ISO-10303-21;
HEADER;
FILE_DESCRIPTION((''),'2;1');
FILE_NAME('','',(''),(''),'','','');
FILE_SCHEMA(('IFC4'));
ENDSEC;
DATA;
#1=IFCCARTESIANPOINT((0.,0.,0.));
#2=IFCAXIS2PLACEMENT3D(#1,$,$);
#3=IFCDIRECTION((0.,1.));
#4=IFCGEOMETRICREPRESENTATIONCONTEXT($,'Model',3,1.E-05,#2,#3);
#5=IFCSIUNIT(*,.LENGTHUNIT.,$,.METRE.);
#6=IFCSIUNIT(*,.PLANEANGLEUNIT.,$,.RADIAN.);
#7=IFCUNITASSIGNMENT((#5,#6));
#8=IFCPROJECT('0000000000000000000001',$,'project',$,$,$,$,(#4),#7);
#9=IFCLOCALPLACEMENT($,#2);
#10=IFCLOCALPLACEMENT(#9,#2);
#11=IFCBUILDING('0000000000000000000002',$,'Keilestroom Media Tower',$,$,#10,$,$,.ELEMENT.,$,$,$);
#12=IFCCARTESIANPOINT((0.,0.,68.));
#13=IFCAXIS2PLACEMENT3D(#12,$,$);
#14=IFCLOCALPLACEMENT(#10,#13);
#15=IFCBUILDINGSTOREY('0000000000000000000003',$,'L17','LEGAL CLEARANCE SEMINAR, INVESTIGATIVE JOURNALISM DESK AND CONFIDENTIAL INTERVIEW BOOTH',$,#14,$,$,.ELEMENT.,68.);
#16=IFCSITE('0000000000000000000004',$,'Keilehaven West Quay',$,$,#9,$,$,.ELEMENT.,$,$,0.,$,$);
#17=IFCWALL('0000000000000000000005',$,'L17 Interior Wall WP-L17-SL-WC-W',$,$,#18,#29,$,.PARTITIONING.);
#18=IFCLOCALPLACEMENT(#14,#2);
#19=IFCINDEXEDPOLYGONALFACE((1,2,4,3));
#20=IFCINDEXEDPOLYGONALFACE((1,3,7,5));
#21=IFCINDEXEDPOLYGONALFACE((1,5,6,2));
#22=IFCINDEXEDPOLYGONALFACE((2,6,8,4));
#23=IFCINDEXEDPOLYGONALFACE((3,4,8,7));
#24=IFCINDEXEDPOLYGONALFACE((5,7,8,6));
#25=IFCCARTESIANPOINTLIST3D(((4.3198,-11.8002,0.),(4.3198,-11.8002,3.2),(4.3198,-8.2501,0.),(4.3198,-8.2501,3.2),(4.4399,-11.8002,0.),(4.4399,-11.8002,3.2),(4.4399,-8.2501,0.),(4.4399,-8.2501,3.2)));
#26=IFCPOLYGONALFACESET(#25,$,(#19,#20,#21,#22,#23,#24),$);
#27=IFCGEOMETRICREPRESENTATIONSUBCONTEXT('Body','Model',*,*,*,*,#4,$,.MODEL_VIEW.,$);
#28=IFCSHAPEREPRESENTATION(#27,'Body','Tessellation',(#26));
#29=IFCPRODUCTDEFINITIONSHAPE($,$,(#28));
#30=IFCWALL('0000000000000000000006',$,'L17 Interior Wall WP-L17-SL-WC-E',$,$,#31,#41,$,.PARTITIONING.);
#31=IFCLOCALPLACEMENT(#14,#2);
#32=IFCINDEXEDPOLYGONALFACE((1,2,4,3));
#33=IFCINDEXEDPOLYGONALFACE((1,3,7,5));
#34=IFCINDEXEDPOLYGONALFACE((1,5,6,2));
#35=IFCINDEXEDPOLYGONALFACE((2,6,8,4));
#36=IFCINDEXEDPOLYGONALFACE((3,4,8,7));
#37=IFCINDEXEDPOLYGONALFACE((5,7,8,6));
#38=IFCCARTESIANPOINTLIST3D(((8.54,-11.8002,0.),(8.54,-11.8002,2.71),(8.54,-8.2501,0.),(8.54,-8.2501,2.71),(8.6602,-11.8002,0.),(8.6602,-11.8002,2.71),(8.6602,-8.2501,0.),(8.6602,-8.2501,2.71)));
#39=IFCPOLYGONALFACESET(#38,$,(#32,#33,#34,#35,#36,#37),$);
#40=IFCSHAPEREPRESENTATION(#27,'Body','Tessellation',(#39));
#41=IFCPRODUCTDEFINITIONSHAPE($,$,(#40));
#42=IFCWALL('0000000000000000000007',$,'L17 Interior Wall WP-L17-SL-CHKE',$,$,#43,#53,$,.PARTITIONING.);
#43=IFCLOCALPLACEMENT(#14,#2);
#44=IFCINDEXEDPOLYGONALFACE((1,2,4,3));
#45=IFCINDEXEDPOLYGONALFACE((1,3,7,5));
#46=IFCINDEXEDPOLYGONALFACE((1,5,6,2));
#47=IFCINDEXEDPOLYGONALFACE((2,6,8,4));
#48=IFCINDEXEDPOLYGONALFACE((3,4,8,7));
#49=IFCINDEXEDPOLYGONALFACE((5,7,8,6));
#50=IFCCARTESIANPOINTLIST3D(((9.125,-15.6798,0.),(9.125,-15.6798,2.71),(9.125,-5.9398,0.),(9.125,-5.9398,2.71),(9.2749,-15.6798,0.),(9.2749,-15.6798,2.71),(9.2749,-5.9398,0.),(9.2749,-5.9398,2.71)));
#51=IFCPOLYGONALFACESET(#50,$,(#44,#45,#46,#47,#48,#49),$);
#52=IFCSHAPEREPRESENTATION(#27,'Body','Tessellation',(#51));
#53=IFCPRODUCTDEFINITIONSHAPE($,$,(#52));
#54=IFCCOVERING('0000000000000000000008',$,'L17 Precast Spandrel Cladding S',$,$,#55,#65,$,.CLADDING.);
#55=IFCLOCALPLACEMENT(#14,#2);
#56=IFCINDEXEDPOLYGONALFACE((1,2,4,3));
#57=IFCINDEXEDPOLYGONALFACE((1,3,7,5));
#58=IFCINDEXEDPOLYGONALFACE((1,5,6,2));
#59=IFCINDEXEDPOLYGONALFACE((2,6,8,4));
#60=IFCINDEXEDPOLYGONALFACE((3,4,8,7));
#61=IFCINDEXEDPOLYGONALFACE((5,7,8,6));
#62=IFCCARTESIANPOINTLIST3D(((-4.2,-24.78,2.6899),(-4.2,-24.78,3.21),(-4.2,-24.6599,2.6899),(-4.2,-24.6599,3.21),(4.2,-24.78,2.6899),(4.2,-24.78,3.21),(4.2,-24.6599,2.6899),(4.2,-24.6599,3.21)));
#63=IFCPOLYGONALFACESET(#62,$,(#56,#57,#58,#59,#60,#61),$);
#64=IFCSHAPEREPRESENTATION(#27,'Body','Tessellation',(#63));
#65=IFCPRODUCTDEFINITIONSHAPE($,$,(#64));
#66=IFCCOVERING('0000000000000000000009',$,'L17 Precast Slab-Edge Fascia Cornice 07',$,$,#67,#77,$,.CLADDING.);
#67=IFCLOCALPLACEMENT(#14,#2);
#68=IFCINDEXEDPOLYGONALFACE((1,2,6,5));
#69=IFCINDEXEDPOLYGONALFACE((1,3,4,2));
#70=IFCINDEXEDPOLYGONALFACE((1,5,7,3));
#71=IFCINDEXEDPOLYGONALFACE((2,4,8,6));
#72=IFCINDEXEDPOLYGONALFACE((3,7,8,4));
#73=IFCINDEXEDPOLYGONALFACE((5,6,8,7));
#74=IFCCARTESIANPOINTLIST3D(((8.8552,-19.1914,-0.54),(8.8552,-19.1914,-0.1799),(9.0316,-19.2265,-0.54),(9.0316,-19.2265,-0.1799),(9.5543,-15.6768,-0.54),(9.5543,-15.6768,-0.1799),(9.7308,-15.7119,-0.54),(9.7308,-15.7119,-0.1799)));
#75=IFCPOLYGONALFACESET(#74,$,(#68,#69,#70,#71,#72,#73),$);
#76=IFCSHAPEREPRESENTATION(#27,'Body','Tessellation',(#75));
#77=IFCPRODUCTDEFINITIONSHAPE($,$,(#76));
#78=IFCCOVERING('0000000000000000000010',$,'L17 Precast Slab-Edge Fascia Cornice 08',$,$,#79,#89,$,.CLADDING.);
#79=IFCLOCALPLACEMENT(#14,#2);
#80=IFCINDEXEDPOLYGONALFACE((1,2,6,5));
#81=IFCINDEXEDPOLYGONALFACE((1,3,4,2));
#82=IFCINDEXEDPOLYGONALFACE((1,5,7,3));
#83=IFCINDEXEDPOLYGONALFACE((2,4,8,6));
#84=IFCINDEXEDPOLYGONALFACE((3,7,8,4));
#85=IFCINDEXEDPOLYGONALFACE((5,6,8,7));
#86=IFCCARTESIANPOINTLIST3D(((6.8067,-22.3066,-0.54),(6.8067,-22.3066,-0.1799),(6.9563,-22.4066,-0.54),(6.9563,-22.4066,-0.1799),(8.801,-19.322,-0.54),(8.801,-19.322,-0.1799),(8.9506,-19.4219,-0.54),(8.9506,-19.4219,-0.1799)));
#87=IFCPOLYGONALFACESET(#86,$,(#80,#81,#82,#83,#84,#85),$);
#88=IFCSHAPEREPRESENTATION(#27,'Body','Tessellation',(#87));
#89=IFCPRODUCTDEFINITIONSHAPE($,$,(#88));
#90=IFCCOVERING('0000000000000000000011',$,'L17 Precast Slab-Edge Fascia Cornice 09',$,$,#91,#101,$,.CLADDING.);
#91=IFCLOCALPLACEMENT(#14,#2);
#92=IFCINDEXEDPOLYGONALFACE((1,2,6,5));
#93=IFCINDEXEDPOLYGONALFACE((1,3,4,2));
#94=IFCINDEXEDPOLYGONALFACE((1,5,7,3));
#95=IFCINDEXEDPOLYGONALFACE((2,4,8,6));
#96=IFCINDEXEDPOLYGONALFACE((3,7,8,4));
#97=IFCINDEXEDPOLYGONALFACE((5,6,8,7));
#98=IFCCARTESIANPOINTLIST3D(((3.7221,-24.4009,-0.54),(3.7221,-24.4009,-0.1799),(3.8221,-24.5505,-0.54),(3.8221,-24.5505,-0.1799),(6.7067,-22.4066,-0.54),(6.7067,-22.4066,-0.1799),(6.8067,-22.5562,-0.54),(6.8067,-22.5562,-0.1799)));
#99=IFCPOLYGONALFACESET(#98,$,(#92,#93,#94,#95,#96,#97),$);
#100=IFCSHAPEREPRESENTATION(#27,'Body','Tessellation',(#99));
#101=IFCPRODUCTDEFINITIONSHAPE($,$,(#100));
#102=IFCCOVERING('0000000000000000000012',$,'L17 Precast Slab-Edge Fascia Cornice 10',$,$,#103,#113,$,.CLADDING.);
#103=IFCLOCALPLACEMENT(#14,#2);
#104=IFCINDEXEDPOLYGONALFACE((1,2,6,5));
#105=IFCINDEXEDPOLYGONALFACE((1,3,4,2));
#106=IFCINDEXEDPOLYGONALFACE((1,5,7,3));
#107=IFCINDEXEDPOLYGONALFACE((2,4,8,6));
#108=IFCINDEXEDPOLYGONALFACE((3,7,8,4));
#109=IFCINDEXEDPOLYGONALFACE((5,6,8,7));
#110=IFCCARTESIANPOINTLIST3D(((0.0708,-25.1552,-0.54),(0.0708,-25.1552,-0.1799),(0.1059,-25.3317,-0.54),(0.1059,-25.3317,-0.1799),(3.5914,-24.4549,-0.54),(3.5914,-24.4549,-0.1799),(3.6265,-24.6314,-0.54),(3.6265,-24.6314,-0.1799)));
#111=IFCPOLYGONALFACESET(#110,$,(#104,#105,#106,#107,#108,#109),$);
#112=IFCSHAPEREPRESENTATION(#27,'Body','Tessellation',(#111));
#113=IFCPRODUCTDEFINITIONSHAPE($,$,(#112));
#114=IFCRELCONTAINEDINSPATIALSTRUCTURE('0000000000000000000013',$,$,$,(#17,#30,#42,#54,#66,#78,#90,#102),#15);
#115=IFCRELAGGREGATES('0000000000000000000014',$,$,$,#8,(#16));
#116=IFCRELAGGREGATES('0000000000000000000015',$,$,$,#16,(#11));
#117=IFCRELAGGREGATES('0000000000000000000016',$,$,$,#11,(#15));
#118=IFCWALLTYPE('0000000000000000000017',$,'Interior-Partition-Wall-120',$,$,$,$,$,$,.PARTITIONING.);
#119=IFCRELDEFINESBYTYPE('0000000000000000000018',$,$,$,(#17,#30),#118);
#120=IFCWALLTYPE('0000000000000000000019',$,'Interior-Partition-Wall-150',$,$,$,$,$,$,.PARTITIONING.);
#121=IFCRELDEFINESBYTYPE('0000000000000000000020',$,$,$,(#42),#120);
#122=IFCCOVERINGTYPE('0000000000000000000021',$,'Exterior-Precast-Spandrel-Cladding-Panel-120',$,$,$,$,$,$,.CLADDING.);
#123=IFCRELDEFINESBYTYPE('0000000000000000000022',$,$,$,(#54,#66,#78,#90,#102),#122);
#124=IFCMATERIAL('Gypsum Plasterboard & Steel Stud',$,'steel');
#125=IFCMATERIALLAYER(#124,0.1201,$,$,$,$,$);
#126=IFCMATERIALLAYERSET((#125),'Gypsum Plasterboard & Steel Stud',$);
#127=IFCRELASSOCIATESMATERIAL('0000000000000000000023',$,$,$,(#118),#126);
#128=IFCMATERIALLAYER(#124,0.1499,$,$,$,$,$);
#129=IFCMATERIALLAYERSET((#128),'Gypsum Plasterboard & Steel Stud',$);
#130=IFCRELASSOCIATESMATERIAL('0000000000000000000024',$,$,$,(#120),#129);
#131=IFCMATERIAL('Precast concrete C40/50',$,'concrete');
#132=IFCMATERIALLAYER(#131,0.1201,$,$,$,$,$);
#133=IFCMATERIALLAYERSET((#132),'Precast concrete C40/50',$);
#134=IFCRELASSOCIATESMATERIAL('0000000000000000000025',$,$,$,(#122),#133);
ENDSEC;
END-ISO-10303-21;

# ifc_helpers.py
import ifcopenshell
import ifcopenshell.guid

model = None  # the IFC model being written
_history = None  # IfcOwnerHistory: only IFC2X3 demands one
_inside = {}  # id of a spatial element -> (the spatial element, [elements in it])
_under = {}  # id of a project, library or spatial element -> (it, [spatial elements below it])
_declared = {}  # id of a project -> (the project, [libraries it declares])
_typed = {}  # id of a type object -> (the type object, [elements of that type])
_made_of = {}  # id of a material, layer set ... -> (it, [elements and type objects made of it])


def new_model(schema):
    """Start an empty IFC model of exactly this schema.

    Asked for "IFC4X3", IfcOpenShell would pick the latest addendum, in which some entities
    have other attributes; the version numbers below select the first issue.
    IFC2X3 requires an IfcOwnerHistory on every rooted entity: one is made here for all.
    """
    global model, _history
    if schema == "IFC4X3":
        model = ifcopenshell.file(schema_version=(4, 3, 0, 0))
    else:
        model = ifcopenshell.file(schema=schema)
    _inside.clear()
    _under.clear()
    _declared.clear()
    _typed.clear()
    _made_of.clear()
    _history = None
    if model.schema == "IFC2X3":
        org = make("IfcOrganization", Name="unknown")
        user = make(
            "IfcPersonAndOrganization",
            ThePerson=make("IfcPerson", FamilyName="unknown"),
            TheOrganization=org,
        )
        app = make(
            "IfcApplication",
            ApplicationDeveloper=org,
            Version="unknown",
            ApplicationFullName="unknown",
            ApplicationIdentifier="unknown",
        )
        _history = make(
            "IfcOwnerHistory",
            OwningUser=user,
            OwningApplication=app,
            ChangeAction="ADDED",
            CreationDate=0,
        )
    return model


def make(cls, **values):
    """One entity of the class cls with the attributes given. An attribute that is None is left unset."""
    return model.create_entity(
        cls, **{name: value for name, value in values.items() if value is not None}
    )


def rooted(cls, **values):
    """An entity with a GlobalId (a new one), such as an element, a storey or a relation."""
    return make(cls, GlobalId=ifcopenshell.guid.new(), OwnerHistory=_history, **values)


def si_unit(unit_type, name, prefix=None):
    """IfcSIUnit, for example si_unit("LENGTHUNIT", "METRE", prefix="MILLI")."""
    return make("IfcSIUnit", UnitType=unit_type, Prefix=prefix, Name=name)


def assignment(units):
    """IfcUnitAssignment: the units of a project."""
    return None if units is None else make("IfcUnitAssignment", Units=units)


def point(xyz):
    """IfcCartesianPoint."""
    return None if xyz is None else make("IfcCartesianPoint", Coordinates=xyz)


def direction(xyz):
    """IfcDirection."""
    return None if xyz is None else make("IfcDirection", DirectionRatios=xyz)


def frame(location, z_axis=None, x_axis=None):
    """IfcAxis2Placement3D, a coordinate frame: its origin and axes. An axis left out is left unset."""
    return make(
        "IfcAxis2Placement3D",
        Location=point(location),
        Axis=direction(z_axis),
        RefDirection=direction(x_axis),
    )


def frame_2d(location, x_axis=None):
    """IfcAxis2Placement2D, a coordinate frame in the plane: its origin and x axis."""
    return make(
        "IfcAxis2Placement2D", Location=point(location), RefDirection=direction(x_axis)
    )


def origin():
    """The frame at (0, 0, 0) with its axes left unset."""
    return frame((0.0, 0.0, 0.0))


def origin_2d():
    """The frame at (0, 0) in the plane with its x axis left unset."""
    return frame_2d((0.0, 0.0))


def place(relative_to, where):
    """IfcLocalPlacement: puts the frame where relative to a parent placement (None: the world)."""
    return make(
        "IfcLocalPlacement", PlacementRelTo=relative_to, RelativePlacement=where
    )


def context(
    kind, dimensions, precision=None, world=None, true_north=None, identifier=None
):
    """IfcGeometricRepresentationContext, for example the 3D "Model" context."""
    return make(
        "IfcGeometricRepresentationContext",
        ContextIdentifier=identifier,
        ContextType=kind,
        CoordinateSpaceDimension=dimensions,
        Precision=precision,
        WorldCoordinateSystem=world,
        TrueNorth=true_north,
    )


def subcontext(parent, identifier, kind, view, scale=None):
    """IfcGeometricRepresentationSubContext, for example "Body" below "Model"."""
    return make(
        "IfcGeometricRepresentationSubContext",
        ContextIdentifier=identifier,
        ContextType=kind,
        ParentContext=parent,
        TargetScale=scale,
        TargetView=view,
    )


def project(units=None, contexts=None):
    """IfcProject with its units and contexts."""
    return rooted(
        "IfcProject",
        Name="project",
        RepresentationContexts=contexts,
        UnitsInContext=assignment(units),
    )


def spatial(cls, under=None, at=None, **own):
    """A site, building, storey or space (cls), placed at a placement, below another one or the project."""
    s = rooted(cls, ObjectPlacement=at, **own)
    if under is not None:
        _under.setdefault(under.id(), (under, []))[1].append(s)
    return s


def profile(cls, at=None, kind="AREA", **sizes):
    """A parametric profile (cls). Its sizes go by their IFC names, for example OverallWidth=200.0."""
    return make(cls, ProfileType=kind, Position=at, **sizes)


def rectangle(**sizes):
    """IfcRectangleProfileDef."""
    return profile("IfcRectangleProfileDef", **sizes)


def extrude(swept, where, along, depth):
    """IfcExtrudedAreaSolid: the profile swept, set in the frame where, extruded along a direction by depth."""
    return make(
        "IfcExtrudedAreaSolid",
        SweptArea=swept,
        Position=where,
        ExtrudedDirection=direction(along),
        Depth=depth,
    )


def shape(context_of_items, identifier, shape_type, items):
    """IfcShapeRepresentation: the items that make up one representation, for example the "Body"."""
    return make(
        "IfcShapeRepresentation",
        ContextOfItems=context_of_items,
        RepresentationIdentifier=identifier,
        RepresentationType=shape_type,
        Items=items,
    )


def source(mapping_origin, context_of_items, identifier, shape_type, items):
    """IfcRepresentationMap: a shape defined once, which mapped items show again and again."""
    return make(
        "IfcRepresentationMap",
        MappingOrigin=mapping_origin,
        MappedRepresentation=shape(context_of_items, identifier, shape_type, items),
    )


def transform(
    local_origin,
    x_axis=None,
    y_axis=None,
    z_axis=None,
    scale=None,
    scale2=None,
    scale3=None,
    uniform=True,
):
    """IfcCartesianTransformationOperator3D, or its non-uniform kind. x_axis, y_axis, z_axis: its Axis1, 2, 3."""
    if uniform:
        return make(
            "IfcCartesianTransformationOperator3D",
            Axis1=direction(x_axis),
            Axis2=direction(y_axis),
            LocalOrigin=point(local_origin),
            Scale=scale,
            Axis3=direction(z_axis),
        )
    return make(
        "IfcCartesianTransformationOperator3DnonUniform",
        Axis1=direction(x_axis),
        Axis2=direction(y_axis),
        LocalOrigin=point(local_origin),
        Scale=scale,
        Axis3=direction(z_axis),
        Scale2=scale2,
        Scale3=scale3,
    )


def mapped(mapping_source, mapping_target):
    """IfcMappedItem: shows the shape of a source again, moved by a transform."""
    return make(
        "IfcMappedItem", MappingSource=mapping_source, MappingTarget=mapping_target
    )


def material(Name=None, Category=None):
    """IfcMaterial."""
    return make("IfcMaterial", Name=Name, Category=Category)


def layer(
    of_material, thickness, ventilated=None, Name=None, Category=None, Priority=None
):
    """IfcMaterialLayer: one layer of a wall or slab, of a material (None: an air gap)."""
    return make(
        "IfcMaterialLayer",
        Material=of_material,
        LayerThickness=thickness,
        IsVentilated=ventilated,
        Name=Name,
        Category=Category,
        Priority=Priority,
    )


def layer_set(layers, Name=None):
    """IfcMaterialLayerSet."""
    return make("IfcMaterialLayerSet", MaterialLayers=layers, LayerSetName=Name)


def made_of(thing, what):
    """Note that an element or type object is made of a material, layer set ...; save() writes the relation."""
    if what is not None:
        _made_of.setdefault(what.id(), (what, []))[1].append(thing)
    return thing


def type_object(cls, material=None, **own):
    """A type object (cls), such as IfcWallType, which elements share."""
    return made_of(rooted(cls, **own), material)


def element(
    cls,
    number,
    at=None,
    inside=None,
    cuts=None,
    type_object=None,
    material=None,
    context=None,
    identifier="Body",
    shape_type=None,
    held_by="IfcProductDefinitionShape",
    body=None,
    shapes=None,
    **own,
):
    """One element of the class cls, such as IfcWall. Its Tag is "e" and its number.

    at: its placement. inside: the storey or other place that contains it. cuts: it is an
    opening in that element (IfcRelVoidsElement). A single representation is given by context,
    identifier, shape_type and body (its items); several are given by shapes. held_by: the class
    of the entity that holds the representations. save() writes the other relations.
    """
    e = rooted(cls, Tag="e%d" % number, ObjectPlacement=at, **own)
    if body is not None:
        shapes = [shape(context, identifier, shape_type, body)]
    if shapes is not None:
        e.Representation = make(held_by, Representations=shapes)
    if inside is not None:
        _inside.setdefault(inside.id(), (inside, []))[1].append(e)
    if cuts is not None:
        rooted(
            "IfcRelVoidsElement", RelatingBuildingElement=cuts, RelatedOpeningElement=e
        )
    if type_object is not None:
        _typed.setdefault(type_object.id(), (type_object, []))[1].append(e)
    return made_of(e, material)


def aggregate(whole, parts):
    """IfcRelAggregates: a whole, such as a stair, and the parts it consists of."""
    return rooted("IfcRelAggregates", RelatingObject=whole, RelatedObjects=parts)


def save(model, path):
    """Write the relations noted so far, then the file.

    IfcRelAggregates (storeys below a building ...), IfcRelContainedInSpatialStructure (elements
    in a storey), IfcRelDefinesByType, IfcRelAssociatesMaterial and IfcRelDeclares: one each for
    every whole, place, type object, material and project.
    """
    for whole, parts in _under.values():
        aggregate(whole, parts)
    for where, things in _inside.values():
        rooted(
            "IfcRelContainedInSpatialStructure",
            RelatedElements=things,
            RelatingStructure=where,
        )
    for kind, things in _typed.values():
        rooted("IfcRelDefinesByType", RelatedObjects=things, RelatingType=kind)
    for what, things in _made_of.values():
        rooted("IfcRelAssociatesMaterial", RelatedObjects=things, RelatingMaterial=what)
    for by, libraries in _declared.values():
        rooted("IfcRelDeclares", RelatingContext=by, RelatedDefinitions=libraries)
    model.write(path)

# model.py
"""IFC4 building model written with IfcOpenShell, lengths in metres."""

from ifc_helpers import new_model, si_unit, direction, frame, frame_2d, origin, origin_2d, place, context, subcontext, project, spatial, rectangle, extrude, source, transform, mapped, material, layer, layer_set, type_object, element, save


model = new_model("IFC4")

# Units and contexts
model_context = context("Model", 3, precision=1e-05, world=origin(), true_north=direction((0.0, 1.0)))
body_context = subcontext(model_context, "Body", "Model", "MODEL_VIEW")
ifc_project = project(units=[si_unit("LENGTHUNIT", "METRE"), si_unit("PLANEANGLEUNIT", "RADIAN")], contexts=[model_context])

# Site, building, storey
site_placement = place(None, origin())
site = spatial("IfcSite", under=ifc_project, at=site_placement, Name="Keilehaven West Quay", CompositionType="ELEMENT", RefElevation=0.0)
building_placement = place(site_placement, origin())
building = spatial("IfcBuilding", under=site, at=building_placement, Name="Keilestroom Media Tower", CompositionType="ELEMENT")
storey_placement = place(building_placement, frame((0.0, 0.0, 68.0)))
storey = spatial("IfcBuildingStorey", under=building, at=storey_placement, Name="L17", Description="LEGAL CLEARANCE SEMINAR, INVESTIGATIVE JOURNALISM DESK AND CONFIDENTIAL INTERVIEW BOOTH", CompositionType="ELEMENT", Elevation=68.0)

# Walls
ifc_material_1 = material(Name="Precast concrete C40/50", Category="concrete")
ifc_material_2 = material(Name="Gypsum Plasterboard & Steel Stud", Category="steel")
ifc_layer_1 = layer(ifc_material_2, 0.1201)
ifc_layer_set_1 = layer_set([ifc_layer_1], Name="Gypsum Plasterboard & Steel Stud")
wall_type_1 = type_object("IfcWallType", Name="Interior-Partition-Wall-120", PredefinedType="PARTITIONING", material=ifc_layer_set_1)
wall_1_placement = place(storey_placement, frame((4.3799, -11.8, 0.0), z_axis=(0.0, 0.0, 1.0), x_axis=(0.0, 1.0, 0.0)))
element("IfcWall", 1, at=wall_1_placement, inside=storey, type_object=wall_type_1, Name="L17 Interior Wall WP-L17-SL-WC-W", PredefinedType="PARTITIONING", context=body_context, shape_type="SweptSolid", body=[
    extrude(rectangle(XDim=3.55, YDim=0.1201, at=frame_2d((1.7749, 0.0))), origin(), (0.0, 0.0, 1.0), 3.2),
])
wall_2_placement = place(storey_placement, frame((8.6001, -11.8, 0.0), z_axis=(0.0, 0.0, 1.0), x_axis=(0.0, 1.0, 0.0)))
element("IfcWall", 2, at=wall_2_placement, inside=storey, type_object=wall_type_1, Name="L17 Interior Wall WP-L17-SL-WC-E", PredefinedType="PARTITIONING", context=body_context, shape_type="SweptSolid", body=[
    extrude(rectangle(XDim=3.55, YDim=0.1201, at=frame_2d((1.7749, 0.0))), origin(), (0.0, 0.0, 1.0), 2.71),
])
ifc_layer_2 = layer(ifc_material_2, 0.1499)
ifc_layer_set_2 = layer_set([ifc_layer_2], Name="Gypsum Plasterboard & Steel Stud")
wall_type_2 = type_object("IfcWallType", Name="Interior-Partition-Wall-150", PredefinedType="PARTITIONING", material=ifc_layer_set_2)
wall_3_placement = place(storey_placement, frame((9.2, -15.6799, 0.0), z_axis=(0.0, 0.0, 1.0), x_axis=(0.0, 1.0, 0.0)))
element("IfcWall", 3, at=wall_3_placement, inside=storey, type_object=wall_type_2, Name="L17 Interior Wall WP-L17-SL-CHKE", PredefinedType="PARTITIONING", context=body_context, shape_type="SweptSolid", body=[
    extrude(rectangle(XDim=9.74, YDim=0.1499, at=frame_2d((4.8701, 0.0))), origin(), (0.0, 0.0, 1.0), 2.71),
])

# Coverings
ifc_layer_3 = layer(ifc_material_1, 0.1201)
ifc_layer_set_3 = layer_set([ifc_layer_3], Name="Precast concrete C40/50")
covering_type = type_object("IfcCoveringType", Name="Exterior-Precast-Spandrel-Cladding-Panel-120", PredefinedType="CLADDING", material=ifc_layer_set_3)
shared_shape_1 = source(origin(), body_context, "Body", "SweptSolid", [
    extrude(rectangle(XDim=8.3999, YDim=0.1201, at=origin_2d()), origin(), (0.0, 0.0, 1.0), 0.52),
])
covering_1_placement = place(storey_placement, frame((0.0, -24.72, 2.6899), z_axis=(0.0, 0.0, 1.0), x_axis=(1.0, 0.0, 0.0)))
element("IfcCovering", 4, at=covering_1_placement, inside=storey, type_object=covering_type, Name="L17 Precast Spandrel Cladding S", PredefinedType="CLADDING", context=body_context, shape_type="MappedRepresentation", body=[
    mapped(shared_shape_1, transform((0.0, 0.0, 0.0), x_axis=(1.0, 0.0, 0.0), y_axis=(0.0, 1.0, 0.0), z_axis=(0.0, 0.0, 1.0), scale=1.0)),
])
shared_shape_2 = source(origin(), body_context, "Body", "SweptSolid", [
    extrude(rectangle(XDim=3.5835, YDim=0.1799, at=origin_2d()), origin(), (0.0, 0.0, 1.0), 0.3601),
])
covering_2_placement = place(storey_placement, frame((9.293, -17.4517, -0.54), z_axis=(0.0, 0.0, 1.0), x_axis=(-0.195099, -0.980784, 0.0)))
element("IfcCovering", 5, at=covering_2_placement, inside=storey, type_object=covering_type, Name="L17 Precast Slab-Edge Fascia Cornice 07", PredefinedType="CLADDING", context=body_context, shape_type="MappedRepresentation", body=[
    mapped(shared_shape_2, transform((0.0, 0.0, 0.0), x_axis=(1.0, 0.0, 0.0), y_axis=(0.0, 1.0, 0.0), z_axis=(0.0, 0.0, 1.0), scale=1.0)),
])
shared_shape_3 = source(origin(), body_context, "Body", "SweptSolid", [
    extrude(rectangle(XDim=3.5896, YDim=0.1799, at=origin_2d()), origin(), (0.0, 0.0, 1.0), 0.3601),
])
for number, where, z_axis, x_axis, name in (
    (6, (7.8787, -20.8643, -0.54), (0.0, 0.0, 1.0), (-0.555575, -0.831467, 0.0), "L17 Precast Slab-Edge Fascia Cornice 08"),
    (7, (5.2644, -23.4785, -0.54), (0.0, 0.0, 1.0), (-0.831467, -0.555575, 0.0), "L17 Precast Slab-Edge Fascia Cornice 09"),
    (8, (1.8486, -24.8933, -0.54), (0.0, 0.0, 1.0), (-0.980784, -0.195099, 0.0), "L17 Precast Slab-Edge Fascia Cornice 10"),
):
    element("IfcCovering", number, at=place(storey_placement, frame(where, z_axis=z_axis, x_axis=x_axis)), inside=storey, type_object=covering_type, Name=name, PredefinedType="CLADDING", context=body_context, shape_type="MappedRepresentation", body=[
        mapped(shared_shape_3, transform((0.0, 0.0, 0.0), x_axis=(1.0, 0.0, 0.0), y_axis=(0.0, 1.0, 0.0), z_axis=(0.0, 0.0, 1.0), scale=1.0)),
    ])

save(model, "model.ifc")
